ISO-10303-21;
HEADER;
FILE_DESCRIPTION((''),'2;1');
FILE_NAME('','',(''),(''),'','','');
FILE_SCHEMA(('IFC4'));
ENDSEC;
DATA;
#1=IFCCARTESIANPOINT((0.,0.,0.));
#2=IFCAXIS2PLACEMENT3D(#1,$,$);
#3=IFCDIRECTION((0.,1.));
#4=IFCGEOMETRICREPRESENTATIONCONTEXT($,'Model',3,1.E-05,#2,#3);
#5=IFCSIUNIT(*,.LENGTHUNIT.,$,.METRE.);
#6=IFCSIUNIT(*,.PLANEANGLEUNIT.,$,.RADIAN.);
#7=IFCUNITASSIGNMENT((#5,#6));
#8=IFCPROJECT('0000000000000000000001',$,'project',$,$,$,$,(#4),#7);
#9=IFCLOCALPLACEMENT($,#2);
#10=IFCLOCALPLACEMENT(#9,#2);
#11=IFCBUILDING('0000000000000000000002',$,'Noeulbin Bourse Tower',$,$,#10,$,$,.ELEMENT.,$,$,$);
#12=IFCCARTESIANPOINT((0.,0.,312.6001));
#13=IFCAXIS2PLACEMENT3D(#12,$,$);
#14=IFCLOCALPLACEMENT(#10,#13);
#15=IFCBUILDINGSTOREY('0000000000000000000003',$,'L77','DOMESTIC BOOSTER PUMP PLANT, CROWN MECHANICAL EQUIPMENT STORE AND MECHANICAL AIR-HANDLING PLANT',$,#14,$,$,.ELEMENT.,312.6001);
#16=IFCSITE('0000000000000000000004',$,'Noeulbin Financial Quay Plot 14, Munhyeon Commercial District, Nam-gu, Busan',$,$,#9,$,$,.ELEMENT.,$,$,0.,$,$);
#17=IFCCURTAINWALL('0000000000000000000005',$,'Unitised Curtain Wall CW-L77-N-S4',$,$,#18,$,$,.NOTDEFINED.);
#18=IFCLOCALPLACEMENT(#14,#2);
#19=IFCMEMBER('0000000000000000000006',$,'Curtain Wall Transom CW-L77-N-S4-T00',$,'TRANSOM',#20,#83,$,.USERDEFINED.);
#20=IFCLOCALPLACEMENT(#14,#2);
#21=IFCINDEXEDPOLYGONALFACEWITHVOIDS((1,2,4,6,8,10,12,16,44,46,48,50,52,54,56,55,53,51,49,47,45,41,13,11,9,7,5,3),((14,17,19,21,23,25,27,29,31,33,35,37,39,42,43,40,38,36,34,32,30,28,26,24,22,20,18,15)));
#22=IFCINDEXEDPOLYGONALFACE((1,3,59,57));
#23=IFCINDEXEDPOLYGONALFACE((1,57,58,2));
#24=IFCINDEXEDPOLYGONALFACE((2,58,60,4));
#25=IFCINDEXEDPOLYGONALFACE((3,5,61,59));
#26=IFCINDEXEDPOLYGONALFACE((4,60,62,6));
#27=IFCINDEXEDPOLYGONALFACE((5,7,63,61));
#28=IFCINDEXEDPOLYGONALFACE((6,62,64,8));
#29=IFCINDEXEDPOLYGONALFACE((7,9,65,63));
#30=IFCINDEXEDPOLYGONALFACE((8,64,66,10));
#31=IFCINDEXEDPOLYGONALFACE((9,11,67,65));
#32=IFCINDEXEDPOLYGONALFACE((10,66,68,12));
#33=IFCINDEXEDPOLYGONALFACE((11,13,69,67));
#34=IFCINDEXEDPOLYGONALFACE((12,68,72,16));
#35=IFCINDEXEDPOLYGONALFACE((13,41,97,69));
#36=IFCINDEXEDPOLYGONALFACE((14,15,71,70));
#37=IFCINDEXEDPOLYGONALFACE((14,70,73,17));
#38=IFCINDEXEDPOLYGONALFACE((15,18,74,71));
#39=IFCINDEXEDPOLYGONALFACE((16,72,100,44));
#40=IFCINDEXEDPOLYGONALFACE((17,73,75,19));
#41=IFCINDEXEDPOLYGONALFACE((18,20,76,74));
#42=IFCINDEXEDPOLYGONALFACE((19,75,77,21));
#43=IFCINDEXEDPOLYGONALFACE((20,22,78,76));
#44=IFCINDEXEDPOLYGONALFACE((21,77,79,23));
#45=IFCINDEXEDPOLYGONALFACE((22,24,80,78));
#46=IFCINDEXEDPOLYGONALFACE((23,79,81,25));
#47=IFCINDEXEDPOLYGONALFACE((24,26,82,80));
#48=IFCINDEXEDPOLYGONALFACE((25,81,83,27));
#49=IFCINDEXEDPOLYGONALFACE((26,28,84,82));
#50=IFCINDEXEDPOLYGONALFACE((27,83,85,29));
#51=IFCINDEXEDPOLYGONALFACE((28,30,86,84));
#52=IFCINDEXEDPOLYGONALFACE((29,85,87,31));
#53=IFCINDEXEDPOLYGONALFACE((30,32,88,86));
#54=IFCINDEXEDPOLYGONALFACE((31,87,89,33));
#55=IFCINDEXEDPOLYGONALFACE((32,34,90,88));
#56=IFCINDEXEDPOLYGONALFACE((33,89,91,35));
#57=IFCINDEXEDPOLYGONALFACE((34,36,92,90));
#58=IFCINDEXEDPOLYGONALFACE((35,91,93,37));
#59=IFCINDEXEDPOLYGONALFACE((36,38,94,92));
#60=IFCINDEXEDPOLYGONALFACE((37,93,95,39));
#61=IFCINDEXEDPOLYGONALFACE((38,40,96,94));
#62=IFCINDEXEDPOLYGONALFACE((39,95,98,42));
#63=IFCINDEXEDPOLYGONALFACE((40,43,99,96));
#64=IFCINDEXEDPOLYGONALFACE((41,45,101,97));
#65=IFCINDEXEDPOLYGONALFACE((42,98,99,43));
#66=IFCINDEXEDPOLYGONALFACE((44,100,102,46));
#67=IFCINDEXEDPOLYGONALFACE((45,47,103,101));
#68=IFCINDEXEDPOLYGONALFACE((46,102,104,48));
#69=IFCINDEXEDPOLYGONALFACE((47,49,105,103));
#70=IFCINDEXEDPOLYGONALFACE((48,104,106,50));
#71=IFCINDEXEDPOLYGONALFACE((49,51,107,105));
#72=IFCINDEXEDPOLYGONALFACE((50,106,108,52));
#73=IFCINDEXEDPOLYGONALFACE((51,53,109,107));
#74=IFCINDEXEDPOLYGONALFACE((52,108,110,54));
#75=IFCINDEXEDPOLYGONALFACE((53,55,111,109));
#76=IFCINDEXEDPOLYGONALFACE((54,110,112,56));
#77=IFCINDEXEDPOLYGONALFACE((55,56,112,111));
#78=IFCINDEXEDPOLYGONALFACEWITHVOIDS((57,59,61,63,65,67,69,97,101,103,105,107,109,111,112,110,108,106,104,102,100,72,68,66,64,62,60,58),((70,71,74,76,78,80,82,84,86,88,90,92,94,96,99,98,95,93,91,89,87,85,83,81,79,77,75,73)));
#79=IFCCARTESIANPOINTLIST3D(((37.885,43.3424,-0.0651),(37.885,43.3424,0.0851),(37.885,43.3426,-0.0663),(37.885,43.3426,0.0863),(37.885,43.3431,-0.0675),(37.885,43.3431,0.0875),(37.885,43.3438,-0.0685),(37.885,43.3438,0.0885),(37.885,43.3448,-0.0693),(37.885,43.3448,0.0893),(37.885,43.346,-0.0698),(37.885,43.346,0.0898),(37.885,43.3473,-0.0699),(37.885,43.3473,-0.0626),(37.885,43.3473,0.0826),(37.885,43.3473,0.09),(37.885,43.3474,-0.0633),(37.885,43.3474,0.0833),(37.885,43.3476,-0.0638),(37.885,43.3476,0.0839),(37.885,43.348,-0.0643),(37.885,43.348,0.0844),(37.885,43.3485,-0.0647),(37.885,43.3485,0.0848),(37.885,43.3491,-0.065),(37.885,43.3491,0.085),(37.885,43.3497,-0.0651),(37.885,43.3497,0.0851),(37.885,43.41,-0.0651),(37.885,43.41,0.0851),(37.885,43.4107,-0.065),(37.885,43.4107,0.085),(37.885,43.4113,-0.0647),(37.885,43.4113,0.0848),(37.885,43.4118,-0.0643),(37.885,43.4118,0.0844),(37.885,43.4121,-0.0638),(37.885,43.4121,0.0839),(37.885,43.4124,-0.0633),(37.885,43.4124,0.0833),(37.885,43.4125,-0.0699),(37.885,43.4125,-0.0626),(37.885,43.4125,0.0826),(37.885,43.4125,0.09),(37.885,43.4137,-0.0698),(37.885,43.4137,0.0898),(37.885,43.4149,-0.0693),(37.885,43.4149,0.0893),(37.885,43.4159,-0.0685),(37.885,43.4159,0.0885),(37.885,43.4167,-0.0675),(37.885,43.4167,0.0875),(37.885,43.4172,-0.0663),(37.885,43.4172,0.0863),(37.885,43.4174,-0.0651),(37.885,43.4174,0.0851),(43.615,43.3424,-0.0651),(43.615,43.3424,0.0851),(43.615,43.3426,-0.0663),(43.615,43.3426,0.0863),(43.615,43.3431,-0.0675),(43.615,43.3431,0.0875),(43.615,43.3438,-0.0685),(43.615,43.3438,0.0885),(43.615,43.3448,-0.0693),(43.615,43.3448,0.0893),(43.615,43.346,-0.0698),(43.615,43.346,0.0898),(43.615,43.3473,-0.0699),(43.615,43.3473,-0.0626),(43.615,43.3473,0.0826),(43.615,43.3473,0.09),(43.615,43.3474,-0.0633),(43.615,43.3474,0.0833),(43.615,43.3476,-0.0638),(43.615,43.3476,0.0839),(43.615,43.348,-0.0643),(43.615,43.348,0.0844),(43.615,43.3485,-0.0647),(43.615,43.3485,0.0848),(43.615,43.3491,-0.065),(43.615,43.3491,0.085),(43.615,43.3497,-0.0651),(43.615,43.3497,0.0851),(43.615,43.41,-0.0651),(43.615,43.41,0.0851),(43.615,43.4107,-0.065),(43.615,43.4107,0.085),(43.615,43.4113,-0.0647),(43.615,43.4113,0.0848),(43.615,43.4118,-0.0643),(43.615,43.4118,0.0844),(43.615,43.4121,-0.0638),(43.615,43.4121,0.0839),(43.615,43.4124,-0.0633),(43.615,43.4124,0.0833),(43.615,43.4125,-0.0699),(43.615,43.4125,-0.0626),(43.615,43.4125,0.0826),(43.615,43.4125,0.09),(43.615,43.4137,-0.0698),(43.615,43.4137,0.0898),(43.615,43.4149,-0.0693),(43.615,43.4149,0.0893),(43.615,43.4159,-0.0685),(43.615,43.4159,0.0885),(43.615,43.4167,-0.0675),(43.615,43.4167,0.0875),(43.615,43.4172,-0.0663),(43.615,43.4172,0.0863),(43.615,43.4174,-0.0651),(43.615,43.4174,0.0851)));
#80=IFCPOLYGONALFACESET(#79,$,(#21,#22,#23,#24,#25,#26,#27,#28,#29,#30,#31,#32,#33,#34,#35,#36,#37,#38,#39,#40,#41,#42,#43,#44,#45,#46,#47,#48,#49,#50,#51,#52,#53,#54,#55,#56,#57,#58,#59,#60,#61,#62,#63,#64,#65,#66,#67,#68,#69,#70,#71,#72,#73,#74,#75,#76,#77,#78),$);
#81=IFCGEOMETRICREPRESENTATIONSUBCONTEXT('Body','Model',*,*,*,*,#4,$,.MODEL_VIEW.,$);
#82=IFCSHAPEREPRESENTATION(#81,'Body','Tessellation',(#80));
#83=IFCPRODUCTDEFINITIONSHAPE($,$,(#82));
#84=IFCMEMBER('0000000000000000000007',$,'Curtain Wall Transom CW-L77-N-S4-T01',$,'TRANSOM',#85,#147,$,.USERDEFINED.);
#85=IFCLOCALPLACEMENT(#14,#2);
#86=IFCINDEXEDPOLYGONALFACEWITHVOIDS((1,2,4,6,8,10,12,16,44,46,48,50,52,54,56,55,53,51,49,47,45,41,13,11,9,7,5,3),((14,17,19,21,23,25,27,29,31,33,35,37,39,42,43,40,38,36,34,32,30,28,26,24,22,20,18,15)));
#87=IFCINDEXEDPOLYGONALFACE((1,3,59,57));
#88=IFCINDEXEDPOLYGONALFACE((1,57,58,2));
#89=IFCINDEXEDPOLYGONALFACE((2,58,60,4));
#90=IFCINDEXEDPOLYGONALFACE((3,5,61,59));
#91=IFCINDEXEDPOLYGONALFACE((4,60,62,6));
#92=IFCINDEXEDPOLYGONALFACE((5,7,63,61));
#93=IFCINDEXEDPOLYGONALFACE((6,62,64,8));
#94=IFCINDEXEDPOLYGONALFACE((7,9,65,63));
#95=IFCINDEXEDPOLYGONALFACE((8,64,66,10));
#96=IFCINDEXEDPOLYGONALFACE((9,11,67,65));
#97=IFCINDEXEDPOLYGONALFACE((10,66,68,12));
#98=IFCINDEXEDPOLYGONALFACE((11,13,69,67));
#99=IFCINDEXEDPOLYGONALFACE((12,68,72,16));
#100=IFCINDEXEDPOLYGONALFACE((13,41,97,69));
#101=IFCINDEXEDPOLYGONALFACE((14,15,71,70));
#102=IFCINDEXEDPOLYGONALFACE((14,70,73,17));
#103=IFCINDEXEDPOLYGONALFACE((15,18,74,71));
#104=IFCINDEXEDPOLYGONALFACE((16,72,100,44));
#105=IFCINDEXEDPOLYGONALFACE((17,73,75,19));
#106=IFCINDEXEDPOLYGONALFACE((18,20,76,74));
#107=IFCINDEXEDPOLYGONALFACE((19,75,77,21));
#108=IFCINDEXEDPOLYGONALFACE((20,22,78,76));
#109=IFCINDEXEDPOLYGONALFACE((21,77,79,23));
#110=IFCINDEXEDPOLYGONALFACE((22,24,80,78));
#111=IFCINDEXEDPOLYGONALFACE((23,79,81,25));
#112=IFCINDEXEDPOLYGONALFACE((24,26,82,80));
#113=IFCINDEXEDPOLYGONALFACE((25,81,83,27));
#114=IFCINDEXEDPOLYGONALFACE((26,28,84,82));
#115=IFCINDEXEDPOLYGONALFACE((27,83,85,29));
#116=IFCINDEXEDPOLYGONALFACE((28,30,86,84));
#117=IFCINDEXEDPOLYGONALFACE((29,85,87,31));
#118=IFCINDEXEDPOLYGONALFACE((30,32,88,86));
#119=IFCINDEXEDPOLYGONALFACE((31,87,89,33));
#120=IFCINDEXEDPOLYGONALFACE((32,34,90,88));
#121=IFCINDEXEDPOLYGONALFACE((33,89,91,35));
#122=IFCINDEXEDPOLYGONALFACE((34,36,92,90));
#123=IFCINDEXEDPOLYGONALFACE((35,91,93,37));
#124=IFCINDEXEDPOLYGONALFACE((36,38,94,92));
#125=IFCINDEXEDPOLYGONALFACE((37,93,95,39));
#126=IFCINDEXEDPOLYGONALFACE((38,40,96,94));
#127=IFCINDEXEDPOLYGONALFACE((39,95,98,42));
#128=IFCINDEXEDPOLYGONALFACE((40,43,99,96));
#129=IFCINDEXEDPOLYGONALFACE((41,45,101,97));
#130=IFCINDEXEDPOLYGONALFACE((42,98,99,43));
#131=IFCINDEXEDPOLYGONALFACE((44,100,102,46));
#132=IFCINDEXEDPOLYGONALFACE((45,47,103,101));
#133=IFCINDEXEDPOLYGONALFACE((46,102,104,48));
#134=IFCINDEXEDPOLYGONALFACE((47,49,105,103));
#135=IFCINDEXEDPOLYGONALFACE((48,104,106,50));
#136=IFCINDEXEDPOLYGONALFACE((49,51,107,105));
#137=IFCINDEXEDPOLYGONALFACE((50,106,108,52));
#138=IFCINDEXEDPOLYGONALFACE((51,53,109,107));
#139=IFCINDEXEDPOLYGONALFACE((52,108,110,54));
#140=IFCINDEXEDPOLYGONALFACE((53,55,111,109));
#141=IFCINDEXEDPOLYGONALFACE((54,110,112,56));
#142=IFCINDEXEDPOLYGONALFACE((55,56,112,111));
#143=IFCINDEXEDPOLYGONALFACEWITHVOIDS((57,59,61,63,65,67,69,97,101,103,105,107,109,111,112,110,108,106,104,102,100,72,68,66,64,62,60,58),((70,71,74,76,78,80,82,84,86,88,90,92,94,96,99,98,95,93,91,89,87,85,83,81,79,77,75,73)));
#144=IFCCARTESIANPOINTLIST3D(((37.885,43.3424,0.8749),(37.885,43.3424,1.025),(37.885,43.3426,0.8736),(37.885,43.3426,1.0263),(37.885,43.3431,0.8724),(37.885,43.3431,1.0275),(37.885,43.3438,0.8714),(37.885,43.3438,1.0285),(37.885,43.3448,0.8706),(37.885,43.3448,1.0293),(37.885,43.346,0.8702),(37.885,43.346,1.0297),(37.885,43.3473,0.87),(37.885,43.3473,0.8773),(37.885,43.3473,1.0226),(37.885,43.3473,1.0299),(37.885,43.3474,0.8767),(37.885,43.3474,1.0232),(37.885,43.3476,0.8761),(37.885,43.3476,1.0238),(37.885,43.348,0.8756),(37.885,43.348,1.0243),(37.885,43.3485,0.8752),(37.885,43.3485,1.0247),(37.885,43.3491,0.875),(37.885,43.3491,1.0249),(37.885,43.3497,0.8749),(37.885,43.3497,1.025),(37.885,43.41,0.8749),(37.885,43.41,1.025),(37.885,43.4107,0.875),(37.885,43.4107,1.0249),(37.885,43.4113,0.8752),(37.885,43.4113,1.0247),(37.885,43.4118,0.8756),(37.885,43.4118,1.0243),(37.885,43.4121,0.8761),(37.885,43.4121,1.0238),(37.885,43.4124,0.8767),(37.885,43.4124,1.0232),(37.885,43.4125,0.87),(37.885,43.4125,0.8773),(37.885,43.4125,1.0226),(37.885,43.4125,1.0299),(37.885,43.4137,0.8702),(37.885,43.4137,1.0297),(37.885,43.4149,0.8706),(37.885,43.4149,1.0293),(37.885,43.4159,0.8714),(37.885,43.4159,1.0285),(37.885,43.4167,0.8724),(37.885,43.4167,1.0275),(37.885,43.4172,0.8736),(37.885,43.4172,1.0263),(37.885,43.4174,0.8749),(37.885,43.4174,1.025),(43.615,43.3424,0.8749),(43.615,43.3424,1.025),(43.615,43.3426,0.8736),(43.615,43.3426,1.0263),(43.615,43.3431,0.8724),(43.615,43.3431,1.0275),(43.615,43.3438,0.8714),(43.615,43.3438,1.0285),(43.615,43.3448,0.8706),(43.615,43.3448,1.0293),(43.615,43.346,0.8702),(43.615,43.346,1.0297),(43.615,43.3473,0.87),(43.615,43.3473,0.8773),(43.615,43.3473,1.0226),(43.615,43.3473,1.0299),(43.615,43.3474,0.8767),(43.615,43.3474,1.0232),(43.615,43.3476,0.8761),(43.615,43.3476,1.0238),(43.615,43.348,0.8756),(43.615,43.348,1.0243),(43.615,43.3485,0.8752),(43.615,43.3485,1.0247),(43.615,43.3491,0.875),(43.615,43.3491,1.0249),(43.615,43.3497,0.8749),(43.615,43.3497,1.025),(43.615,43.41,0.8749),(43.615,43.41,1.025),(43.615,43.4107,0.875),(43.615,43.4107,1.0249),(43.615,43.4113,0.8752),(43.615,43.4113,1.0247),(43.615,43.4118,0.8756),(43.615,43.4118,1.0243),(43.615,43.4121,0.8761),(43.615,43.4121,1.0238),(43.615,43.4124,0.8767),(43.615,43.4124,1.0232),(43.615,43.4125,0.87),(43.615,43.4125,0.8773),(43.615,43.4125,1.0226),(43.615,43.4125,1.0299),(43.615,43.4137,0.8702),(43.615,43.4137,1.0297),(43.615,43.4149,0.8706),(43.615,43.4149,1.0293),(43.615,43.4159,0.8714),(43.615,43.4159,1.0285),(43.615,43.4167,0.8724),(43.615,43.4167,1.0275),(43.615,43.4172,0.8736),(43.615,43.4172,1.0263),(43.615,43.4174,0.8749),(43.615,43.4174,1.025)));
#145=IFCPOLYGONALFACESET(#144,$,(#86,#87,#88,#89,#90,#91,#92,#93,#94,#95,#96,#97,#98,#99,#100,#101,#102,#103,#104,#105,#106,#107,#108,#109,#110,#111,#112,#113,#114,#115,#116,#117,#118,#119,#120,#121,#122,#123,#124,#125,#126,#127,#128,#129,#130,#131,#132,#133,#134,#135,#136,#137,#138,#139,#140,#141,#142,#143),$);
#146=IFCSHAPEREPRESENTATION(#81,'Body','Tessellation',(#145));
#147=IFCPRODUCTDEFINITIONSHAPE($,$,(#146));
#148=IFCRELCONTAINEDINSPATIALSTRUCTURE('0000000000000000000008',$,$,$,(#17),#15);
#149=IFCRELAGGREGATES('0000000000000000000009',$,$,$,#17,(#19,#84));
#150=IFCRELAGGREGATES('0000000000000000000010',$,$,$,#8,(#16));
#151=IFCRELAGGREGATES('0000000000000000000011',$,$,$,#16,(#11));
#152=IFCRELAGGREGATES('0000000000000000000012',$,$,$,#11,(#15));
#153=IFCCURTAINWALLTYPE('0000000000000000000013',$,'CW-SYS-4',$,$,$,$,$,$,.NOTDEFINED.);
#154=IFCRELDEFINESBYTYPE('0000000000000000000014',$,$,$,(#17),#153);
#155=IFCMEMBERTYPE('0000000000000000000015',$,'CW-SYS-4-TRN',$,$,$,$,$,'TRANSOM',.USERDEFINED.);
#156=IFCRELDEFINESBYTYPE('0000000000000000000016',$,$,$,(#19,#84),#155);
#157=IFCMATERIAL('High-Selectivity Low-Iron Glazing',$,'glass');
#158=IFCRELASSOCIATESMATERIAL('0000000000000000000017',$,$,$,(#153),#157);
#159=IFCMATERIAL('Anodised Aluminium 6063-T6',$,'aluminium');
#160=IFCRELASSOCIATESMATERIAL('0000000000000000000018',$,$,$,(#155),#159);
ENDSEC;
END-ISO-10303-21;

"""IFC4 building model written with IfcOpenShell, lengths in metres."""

from ifc_helpers import new_model, si_unit, direction, frame, origin, origin_2d, place, context, subcontext, project, spatial, hollow_rectangle, extrude, material, material_profile, profile_set, type_object, element, aggregate, save


model = new_model("IFC4")

# Units and contexts
model_context = context("Model", 3, precision=1e-05, world=origin(), true_north=direction((0.0, 1.0)))
body_context = subcontext(model_context, "Body", "Model", "MODEL_VIEW")
ifc_project = project(units=[si_unit("LENGTHUNIT", "METRE"), si_unit("PLANEANGLEUNIT", "RADIAN")], contexts=[model_context])

# Site, building, storey
site_placement = place(None, origin())
site = spatial("IfcSite", under=ifc_project, at=site_placement, Name="Noeulbin Financial Quay Plot 14, Munhyeon Commercial District, Nam-gu, Busan", CompositionType="ELEMENT", RefElevation=0.0)
building_placement = place(site_placement, origin())
building = spatial("IfcBuilding", under=site, at=building_placement, Name="Noeulbin Bourse Tower", CompositionType="ELEMENT")
storey_placement = place(building_placement, frame((0.0, 0.0, 312.6001)))
storey = spatial("IfcBuildingStorey", under=building, at=storey_placement, Name="L77", Description="DOMESTIC BOOSTER PUMP PLANT, CROWN MECHANICAL EQUIPMENT STORE AND MECHANICAL AIR-HANDLING PLANT", CompositionType="ELEMENT", Elevation=312.6001)

# Shared definitions
ifc_material_1 = material(Name="High-Selectivity Low-Iron Glazing", Category="glass")
curtain_wall_type = type_object("IfcCurtainWallType", Name="CW-SYS-4", PredefinedType="NOTDEFINED", material=ifc_material_1)
ifc_material_2 = material(Name="Anodised Aluminium 6063-T6", Category="aluminium")

# Curtain wall, members
curtain_wall_1_placement = place(storey_placement, origin())
curtain_wall_1 = element("IfcCurtainWall", 1, at=curtain_wall_1_placement, inside=storey, type_object=curtain_wall_type, Name="Unitised Curtain Wall CW-L77-N-S4", PredefinedType="NOTDEFINED")
ifc_material_profile_1 = material_profile(ifc_material_2, hollow_rectangle(XDim=0.075, YDim=0.1599, WallThickness=0.0049, InnerFilletRadius=0.0024, OuterFilletRadius=0.0049, at=origin_2d()), Name="ALU-TRAN-75x160x5", Category="LoadBearing")
ifc_profile_set_1 = profile_set([ifc_material_profile_1], Name="Anodised Aluminium 6063-T6")
member_type_1 = type_object("IfcMemberType", Name="CW-SYS-4-TRN", ElementType="TRANSOM", PredefinedType="USERDEFINED", material=ifc_profile_set_1)
member_1_placement = place(storey_placement, frame((37.885, 43.3799, 0.01), z_axis=(1.0, 0.0, 0.0), x_axis=(0.0, 1.0, 0.0)))
member_1 = element("IfcMember", 2, at=member_1_placement, type_object=member_type_1, Name="Curtain Wall Transom CW-L77-N-S4-T00", ObjectType="TRANSOM", PredefinedType="USERDEFINED", context=body_context, shape_type="SweptSolid", body=[
    extrude(hollow_rectangle(XDim=0.075, YDim=0.1599, WallThickness=0.0049, InnerFilletRadius=0.0024, OuterFilletRadius=0.0049, at=origin_2d()), origin(), (0.0, 0.0, 1.0), 5.73),
])
member_2_placement = place(storey_placement, frame((37.885, 43.3799, 0.95), z_axis=(1.0, 0.0, 0.0), x_axis=(0.0, 1.0, 0.0)))
member_2 = element("IfcMember", 3, at=member_2_placement, type_object=member_type_1, Name="Curtain Wall Transom CW-L77-N-S4-T01", ObjectType="TRANSOM", PredefinedType="USERDEFINED", context=body_context, shape_type="SweptSolid", body=[
    extrude(hollow_rectangle(XDim=0.075, YDim=0.1599, WallThickness=0.0049, InnerFilletRadius=0.0024, OuterFilletRadius=0.0049, at=origin_2d()), origin(), (0.0, 0.0, 1.0), 5.73),
])

aggregate(curtain_wall_1, [member_1, member_2])

save(model, "model.ifc")
